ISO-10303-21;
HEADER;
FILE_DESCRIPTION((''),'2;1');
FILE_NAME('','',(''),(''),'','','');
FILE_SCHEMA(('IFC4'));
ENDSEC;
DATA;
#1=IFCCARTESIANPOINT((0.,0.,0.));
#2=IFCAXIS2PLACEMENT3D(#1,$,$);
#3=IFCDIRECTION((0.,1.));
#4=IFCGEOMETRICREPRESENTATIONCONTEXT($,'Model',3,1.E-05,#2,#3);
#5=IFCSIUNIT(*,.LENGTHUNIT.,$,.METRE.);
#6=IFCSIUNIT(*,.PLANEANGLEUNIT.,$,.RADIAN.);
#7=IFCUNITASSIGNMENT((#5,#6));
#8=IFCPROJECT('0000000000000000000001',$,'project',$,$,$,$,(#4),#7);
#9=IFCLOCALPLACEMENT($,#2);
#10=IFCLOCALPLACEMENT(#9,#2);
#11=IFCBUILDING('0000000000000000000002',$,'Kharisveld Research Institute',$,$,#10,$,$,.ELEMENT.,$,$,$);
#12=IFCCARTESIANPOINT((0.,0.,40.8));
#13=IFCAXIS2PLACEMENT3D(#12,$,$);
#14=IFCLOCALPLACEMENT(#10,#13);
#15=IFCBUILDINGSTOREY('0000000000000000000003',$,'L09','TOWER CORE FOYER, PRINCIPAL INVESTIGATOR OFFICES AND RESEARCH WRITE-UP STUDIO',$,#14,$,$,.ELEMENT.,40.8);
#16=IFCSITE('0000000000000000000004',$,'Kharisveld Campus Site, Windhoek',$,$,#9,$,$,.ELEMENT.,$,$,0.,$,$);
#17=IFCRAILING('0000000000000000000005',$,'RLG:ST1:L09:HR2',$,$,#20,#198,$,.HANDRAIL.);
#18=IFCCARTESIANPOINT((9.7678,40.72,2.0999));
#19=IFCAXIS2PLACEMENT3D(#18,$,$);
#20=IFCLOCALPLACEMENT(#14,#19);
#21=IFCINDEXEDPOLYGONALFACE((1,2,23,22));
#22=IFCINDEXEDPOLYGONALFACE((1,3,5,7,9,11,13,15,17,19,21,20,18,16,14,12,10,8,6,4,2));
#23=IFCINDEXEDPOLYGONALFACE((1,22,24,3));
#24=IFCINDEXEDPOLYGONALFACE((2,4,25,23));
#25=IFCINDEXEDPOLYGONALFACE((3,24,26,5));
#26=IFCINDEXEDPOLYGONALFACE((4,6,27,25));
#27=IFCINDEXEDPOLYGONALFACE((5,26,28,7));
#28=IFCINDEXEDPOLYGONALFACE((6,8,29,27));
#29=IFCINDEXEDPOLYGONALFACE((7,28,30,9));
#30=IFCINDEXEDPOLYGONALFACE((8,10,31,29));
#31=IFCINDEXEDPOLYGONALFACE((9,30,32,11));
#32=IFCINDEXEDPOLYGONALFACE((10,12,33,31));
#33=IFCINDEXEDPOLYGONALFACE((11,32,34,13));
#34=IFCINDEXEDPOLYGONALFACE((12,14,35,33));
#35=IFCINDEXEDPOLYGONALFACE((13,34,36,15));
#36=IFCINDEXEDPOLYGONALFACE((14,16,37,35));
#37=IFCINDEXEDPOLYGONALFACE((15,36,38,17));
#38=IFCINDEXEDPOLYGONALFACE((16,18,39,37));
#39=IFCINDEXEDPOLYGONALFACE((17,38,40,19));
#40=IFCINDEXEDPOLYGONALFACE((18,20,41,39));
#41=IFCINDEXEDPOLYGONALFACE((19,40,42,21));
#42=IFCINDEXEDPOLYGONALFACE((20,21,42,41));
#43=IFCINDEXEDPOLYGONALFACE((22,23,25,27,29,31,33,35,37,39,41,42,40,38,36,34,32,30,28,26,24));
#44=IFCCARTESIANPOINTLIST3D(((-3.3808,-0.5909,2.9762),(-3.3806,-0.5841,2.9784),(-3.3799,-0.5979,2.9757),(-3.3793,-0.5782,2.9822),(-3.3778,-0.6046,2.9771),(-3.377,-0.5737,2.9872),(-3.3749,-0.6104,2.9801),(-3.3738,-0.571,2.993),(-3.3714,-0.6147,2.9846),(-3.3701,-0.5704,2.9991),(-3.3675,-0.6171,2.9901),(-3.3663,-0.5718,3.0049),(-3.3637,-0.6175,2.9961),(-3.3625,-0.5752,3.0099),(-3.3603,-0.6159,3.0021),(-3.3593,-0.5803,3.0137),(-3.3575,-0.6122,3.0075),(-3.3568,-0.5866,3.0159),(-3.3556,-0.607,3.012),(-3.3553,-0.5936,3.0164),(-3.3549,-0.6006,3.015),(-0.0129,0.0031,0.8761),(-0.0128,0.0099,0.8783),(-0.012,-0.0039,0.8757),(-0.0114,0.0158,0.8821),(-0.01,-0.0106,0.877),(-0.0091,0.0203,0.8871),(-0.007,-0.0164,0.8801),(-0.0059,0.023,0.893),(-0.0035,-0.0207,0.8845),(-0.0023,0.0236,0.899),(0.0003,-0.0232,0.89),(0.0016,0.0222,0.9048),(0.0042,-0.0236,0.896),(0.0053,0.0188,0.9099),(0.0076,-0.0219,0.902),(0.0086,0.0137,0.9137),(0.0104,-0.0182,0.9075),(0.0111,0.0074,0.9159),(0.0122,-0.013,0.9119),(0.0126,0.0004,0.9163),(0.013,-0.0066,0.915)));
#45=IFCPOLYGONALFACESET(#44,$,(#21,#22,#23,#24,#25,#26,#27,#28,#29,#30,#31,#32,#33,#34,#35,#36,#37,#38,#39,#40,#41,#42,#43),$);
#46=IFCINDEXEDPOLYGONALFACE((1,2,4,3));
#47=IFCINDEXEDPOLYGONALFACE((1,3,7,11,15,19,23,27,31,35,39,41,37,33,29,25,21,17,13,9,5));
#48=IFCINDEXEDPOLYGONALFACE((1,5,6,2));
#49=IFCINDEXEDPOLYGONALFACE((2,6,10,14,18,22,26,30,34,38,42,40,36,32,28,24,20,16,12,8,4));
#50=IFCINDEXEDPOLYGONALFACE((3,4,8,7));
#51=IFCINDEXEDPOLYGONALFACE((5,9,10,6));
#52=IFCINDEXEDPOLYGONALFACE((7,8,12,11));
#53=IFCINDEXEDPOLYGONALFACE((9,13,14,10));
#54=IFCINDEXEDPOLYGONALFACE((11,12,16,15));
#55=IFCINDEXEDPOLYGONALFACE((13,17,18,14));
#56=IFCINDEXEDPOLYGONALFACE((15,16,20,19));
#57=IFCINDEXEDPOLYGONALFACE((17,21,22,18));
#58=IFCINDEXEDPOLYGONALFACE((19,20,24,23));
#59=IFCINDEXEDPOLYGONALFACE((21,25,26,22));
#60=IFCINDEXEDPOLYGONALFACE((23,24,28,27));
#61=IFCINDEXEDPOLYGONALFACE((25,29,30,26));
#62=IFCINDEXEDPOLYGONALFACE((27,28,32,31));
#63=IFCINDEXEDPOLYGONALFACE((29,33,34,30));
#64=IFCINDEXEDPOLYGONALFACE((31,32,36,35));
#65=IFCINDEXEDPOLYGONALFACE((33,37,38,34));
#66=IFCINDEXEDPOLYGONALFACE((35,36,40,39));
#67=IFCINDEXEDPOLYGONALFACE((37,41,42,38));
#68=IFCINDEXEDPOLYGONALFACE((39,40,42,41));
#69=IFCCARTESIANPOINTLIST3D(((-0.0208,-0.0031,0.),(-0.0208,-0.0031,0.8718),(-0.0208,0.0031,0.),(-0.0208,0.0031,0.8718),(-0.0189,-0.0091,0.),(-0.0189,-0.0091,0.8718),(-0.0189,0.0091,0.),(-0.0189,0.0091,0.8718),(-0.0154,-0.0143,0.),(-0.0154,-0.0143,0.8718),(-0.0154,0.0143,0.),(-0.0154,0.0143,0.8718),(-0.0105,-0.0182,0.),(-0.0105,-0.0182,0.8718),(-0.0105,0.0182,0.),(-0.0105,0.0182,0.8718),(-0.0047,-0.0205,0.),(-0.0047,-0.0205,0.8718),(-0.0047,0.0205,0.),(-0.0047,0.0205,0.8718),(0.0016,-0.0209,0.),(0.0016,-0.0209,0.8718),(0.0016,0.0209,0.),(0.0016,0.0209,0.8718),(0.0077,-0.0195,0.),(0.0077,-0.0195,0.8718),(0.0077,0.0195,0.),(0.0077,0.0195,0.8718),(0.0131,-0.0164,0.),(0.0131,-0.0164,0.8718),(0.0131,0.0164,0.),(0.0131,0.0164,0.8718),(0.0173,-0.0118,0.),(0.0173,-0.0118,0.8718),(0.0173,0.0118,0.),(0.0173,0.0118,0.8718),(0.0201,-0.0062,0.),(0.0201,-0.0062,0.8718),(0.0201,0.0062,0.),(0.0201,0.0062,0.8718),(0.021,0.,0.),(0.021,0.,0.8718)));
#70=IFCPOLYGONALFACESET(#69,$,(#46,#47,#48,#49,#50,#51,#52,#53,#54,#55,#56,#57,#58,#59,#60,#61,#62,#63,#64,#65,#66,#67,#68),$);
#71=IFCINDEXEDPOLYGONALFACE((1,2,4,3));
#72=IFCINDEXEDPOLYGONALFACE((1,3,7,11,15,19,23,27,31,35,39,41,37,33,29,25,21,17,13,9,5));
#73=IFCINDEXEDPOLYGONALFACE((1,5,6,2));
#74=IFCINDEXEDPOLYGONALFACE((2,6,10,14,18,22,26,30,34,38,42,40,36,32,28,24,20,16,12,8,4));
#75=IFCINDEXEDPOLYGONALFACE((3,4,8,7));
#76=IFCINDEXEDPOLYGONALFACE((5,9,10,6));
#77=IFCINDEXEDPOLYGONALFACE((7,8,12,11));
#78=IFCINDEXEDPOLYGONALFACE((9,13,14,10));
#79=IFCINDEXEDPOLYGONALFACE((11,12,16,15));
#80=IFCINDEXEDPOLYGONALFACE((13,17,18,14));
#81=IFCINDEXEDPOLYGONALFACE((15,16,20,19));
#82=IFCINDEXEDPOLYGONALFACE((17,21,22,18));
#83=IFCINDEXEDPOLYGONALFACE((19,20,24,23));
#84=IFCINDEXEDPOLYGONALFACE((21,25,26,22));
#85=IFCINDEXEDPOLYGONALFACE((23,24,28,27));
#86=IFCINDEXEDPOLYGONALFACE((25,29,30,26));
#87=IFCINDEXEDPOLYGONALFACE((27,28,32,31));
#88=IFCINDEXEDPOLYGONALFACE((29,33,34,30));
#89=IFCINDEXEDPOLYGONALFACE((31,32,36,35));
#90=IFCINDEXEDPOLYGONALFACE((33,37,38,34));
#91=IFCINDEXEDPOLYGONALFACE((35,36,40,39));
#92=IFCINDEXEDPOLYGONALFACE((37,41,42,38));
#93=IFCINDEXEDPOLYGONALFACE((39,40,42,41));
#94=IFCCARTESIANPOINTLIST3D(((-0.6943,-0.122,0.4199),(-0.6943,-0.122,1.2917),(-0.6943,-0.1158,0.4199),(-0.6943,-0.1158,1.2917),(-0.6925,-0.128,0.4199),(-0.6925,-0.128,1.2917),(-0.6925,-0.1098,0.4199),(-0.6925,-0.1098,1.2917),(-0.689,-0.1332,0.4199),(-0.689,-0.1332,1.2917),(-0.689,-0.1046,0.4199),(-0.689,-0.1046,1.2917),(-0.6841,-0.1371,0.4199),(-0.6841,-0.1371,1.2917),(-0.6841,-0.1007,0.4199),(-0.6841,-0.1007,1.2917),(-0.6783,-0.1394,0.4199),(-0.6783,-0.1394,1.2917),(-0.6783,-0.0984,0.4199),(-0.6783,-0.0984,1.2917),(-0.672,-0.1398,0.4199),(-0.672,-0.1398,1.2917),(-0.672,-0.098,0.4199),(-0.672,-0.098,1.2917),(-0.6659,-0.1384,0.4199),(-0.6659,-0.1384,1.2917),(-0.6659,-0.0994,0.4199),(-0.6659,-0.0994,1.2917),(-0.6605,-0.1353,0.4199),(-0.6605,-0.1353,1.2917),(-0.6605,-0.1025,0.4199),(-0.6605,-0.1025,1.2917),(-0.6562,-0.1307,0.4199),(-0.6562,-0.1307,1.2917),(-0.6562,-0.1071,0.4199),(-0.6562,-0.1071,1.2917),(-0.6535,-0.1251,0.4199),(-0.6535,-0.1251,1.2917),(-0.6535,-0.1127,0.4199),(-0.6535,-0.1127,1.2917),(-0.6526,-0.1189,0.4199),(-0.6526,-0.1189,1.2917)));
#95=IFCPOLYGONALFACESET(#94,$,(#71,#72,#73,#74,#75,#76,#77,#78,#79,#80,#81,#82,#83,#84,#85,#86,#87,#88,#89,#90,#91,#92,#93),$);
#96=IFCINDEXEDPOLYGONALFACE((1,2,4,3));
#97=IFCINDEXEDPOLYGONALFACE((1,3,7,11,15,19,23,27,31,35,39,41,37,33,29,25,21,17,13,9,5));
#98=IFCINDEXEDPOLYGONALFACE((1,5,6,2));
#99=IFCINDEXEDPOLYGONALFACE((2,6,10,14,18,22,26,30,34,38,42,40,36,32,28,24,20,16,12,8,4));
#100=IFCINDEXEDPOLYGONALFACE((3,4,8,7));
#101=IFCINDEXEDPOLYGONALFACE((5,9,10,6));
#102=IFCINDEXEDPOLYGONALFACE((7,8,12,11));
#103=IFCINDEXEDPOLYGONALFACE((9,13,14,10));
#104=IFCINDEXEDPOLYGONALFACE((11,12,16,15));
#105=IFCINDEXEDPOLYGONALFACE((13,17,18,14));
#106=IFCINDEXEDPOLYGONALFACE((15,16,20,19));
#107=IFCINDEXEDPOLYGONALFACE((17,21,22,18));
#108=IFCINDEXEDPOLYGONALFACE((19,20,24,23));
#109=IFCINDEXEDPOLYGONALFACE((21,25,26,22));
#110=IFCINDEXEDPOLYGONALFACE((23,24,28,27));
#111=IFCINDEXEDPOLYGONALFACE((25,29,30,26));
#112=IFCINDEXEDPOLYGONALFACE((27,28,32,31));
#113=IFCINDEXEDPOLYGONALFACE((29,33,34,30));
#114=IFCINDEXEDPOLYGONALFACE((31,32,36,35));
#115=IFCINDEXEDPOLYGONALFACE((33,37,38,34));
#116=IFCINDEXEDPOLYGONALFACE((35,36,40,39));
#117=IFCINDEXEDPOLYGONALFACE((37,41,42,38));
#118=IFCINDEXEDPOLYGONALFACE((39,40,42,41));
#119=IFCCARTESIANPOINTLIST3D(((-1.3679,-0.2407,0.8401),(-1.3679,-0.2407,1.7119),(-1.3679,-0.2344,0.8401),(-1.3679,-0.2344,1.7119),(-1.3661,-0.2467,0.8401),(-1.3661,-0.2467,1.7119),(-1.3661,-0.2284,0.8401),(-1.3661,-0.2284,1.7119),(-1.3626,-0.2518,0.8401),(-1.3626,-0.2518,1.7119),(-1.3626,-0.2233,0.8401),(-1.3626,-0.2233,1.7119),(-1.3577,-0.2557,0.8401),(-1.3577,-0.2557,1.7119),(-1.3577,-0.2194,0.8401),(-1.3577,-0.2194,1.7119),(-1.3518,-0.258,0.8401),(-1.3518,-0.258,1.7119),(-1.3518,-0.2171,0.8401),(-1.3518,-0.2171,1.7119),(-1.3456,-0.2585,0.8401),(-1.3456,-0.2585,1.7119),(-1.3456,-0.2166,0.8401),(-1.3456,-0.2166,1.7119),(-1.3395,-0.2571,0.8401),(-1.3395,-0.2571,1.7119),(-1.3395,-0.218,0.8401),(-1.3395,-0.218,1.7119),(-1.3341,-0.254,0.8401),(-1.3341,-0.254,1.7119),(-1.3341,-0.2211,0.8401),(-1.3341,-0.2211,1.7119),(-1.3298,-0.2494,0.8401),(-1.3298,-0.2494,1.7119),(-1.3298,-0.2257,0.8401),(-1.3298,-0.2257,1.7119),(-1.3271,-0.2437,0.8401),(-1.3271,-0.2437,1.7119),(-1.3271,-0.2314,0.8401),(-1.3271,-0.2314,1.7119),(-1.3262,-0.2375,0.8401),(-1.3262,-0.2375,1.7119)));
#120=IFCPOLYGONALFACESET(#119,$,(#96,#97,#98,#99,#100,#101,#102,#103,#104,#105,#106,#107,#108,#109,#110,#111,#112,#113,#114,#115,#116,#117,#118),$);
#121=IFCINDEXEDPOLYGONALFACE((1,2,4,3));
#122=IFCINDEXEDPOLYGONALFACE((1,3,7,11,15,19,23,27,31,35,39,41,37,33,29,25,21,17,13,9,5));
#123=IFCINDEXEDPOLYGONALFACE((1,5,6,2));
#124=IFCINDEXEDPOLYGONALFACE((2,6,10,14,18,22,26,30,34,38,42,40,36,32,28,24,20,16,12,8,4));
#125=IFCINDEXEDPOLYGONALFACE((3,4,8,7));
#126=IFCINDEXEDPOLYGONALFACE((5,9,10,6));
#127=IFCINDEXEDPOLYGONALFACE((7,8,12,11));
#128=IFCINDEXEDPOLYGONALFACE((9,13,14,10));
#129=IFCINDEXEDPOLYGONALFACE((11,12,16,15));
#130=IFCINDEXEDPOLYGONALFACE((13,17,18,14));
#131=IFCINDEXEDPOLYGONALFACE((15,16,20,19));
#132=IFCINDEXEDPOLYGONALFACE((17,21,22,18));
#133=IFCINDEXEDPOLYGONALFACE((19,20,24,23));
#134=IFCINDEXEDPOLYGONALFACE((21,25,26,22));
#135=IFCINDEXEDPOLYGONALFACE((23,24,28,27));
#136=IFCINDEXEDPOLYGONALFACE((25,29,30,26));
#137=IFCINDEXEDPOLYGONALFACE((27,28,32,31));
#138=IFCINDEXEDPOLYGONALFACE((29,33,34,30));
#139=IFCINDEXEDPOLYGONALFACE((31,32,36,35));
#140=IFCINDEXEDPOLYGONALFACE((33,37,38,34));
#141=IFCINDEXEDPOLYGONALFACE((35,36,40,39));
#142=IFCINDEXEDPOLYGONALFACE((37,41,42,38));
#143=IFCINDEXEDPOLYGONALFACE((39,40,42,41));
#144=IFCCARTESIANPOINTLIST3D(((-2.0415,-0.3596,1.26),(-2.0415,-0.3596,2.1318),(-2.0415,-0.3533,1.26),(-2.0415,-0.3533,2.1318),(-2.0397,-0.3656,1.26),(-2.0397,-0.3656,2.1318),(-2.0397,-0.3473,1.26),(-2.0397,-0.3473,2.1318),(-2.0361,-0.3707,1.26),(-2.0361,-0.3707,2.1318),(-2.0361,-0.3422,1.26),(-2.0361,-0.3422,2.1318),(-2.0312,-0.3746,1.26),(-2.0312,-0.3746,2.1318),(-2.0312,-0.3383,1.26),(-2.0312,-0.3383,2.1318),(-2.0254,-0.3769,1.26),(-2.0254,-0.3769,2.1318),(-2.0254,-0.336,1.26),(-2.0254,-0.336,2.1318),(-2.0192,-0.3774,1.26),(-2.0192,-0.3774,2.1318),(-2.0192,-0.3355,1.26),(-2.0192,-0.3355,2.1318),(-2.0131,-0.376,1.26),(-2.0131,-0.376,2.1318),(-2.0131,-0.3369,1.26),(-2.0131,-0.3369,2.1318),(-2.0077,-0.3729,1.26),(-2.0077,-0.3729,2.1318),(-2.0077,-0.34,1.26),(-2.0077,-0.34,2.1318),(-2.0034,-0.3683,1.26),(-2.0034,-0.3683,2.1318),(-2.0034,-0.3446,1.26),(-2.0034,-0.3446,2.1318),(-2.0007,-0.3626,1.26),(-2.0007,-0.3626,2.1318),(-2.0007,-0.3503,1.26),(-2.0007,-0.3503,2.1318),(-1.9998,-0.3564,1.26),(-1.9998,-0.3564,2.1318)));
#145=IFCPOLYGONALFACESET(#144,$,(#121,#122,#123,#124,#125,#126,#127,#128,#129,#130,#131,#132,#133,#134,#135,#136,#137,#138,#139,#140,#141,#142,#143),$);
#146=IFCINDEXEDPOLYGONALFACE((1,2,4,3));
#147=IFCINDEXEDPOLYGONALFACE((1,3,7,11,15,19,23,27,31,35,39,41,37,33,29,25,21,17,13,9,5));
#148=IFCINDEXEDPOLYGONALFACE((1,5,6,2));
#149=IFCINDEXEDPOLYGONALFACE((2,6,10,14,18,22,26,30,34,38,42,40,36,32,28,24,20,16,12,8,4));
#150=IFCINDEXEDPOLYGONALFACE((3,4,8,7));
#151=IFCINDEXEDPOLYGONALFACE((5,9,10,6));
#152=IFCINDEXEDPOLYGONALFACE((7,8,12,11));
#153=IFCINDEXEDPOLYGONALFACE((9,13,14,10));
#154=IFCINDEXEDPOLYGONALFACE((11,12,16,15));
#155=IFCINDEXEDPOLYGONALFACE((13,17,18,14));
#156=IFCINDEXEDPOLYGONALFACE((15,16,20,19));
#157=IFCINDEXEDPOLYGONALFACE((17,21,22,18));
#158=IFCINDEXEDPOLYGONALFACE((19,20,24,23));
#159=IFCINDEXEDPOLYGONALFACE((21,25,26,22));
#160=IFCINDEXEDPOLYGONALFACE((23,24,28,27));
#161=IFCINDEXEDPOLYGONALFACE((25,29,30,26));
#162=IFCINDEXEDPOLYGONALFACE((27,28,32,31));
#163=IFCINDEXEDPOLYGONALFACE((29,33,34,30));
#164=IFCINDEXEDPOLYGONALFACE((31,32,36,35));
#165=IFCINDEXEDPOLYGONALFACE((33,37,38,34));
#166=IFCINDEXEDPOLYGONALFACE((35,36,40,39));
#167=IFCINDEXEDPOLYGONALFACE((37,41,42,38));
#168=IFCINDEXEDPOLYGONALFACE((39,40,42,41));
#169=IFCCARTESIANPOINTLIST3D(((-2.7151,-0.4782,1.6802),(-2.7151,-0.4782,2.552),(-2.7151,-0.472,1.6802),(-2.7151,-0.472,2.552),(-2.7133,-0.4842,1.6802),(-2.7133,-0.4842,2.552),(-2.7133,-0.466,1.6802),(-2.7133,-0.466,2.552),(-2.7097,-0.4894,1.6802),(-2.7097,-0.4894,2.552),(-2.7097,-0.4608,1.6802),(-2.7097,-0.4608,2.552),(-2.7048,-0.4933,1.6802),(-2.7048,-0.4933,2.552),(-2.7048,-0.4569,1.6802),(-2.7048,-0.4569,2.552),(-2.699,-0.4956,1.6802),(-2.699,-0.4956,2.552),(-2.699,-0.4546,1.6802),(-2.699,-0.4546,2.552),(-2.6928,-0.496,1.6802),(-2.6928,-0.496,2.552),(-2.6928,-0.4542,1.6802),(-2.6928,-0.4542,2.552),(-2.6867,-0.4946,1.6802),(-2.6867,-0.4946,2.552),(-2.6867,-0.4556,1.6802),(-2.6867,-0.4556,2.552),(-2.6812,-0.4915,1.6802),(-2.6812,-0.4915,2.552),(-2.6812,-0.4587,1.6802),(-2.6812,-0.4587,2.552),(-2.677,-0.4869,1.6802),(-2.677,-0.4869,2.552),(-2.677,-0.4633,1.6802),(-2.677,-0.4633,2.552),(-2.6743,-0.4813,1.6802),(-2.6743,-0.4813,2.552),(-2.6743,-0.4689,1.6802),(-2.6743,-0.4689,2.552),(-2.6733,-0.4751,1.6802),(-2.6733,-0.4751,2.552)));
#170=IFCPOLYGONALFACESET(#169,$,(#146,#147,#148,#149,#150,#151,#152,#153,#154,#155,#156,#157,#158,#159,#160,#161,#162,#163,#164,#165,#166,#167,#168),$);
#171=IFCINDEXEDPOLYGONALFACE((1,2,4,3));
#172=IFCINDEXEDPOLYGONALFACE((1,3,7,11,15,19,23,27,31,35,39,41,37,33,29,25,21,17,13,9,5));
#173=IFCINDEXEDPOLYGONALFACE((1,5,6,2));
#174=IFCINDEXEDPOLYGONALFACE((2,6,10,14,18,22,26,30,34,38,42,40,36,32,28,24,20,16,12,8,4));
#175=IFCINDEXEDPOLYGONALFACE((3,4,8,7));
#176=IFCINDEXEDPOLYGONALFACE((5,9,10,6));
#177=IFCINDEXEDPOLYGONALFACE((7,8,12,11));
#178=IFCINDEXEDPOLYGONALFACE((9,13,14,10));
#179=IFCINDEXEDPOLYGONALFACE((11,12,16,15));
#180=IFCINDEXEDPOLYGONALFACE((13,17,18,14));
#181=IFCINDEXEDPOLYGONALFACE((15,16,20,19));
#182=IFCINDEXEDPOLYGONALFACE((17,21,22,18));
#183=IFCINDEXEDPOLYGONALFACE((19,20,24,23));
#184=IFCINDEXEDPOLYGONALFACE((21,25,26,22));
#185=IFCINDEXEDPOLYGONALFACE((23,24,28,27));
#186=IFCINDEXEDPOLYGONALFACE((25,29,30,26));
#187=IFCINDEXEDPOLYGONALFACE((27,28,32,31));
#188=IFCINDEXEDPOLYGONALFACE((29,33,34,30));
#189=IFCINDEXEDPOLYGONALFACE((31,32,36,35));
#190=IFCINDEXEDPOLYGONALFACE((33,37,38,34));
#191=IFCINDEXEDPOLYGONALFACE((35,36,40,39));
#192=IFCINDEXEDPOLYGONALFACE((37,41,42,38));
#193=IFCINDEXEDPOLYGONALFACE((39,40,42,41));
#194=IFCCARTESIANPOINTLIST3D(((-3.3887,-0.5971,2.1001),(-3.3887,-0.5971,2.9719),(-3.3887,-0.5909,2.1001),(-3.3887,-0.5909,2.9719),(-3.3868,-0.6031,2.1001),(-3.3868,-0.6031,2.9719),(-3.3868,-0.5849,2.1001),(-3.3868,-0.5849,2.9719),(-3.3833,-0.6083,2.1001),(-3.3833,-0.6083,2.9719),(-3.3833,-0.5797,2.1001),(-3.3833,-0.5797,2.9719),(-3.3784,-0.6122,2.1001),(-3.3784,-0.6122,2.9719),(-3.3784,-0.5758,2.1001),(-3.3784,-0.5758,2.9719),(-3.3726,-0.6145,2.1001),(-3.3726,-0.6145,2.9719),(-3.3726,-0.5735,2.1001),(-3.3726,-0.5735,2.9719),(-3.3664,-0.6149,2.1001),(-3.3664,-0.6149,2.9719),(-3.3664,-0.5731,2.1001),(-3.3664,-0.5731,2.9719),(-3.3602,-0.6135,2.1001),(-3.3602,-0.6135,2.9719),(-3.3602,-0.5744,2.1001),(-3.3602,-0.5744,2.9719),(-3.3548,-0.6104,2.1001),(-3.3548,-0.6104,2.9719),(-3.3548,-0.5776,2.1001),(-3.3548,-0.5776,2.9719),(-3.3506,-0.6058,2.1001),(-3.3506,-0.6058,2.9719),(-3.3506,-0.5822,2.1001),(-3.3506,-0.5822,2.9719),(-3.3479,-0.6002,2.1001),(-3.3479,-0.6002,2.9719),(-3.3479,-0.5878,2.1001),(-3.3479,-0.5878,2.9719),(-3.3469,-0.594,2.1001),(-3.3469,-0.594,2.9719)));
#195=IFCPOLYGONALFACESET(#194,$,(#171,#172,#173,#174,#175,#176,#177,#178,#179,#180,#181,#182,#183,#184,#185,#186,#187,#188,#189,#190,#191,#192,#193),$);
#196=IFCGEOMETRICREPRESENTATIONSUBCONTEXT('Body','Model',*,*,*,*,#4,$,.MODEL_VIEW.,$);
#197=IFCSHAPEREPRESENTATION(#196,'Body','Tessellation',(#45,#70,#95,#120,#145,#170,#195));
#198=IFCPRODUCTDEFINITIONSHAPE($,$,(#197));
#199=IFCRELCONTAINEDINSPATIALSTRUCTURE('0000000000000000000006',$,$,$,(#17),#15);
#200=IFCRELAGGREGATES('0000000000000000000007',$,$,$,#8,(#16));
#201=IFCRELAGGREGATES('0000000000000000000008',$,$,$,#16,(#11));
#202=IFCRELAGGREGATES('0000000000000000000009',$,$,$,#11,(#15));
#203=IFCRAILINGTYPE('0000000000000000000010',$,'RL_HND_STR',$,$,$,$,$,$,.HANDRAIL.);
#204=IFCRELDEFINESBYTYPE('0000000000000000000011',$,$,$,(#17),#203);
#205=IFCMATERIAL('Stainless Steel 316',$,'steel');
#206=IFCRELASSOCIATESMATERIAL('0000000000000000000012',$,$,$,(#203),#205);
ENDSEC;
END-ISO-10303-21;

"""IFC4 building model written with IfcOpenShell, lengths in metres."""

from ifc_helpers import new_model, si_unit, direction, frame, origin, origin_2d, place, context, subcontext, project, spatial, circle, extrude, material, type_object, element, save


model = new_model("IFC4")

# Units and contexts
model_context = context("Model", 3, precision=1e-05, world=origin(), true_north=direction((0.0, 1.0)))
body_context = subcontext(model_context, "Body", "Model", "MODEL_VIEW")
ifc_project = project(units=[si_unit("LENGTHUNIT", "METRE"), si_unit("PLANEANGLEUNIT", "RADIAN")], contexts=[model_context])

# Site, building, storey
site_placement = place(None, origin())
site = spatial("IfcSite", under=ifc_project, at=site_placement, Name="Kharisveld Campus Site, Windhoek", CompositionType="ELEMENT", RefElevation=0.0)
building_placement = place(site_placement, origin())
building = spatial("IfcBuilding", under=site, at=building_placement, Name="Kharisveld Research Institute", CompositionType="ELEMENT")
storey_placement = place(building_placement, frame((0.0, 0.0, 40.8)))
storey = spatial("IfcBuildingStorey", under=building, at=storey_placement, Name="L09", Description="TOWER CORE FOYER, PRINCIPAL INVESTIGATOR OFFICES AND RESEARCH WRITE-UP STUDIO", CompositionType="ELEMENT", Elevation=40.8)

# Railing
ifc_material_1 = material(Name="Stainless Steel 316", Category="steel")
railing_type = type_object("IfcRailingType", Name="RL_HND_STR", PredefinedType="HANDRAIL", material=ifc_material_1)
railing_placement = place(storey_placement, frame((9.7678, 40.72, 2.0999)))
element("IfcRailing", 1, at=railing_placement, inside=storey, type_object=railing_type, Name="RLG:ST1:L09:HR2", PredefinedType="HANDRAIL", context=body_context, shape_type="SweptSolid", body=[
    extrude(circle(Radius=0.0239, at=origin_2d()), frame((0.0, 0.0, 0.896), z_axis=(-0.839201, -0.148008, 0.523292), x_axis=(0.173688, -0.984801, 0.0)), (0.0, 0.0, 1.0), 4.0132),
    extrude(circle(Radius=0.021, at=origin_2d()), origin(), (0.0, 0.0, 1.0), 0.8718),
    extrude(circle(Radius=0.021, at=origin_2d()), frame((-0.6736, -0.1189, 0.4199)), (0.0, 0.0, 1.0), 0.8718),
    extrude(circle(Radius=0.021, at=origin_2d()), frame((-1.3472, -0.2375, 0.8401)), (0.0, 0.0, 1.0), 0.8718),
    extrude(circle(Radius=0.021, at=origin_2d()), frame((-2.0208, -0.3564, 1.26)), (0.0, 0.0, 1.0), 0.8718),
    extrude(circle(Radius=0.021, at=origin_2d()), frame((-2.6943, -0.4751, 1.6802)), (0.0, 0.0, 1.0), 0.8718),
    extrude(circle(Radius=0.021, at=origin_2d()), frame((-3.3679, -0.594, 2.1001)), (0.0, 0.0, 1.0), 0.8718),
])

save(model, "model.ifc")
